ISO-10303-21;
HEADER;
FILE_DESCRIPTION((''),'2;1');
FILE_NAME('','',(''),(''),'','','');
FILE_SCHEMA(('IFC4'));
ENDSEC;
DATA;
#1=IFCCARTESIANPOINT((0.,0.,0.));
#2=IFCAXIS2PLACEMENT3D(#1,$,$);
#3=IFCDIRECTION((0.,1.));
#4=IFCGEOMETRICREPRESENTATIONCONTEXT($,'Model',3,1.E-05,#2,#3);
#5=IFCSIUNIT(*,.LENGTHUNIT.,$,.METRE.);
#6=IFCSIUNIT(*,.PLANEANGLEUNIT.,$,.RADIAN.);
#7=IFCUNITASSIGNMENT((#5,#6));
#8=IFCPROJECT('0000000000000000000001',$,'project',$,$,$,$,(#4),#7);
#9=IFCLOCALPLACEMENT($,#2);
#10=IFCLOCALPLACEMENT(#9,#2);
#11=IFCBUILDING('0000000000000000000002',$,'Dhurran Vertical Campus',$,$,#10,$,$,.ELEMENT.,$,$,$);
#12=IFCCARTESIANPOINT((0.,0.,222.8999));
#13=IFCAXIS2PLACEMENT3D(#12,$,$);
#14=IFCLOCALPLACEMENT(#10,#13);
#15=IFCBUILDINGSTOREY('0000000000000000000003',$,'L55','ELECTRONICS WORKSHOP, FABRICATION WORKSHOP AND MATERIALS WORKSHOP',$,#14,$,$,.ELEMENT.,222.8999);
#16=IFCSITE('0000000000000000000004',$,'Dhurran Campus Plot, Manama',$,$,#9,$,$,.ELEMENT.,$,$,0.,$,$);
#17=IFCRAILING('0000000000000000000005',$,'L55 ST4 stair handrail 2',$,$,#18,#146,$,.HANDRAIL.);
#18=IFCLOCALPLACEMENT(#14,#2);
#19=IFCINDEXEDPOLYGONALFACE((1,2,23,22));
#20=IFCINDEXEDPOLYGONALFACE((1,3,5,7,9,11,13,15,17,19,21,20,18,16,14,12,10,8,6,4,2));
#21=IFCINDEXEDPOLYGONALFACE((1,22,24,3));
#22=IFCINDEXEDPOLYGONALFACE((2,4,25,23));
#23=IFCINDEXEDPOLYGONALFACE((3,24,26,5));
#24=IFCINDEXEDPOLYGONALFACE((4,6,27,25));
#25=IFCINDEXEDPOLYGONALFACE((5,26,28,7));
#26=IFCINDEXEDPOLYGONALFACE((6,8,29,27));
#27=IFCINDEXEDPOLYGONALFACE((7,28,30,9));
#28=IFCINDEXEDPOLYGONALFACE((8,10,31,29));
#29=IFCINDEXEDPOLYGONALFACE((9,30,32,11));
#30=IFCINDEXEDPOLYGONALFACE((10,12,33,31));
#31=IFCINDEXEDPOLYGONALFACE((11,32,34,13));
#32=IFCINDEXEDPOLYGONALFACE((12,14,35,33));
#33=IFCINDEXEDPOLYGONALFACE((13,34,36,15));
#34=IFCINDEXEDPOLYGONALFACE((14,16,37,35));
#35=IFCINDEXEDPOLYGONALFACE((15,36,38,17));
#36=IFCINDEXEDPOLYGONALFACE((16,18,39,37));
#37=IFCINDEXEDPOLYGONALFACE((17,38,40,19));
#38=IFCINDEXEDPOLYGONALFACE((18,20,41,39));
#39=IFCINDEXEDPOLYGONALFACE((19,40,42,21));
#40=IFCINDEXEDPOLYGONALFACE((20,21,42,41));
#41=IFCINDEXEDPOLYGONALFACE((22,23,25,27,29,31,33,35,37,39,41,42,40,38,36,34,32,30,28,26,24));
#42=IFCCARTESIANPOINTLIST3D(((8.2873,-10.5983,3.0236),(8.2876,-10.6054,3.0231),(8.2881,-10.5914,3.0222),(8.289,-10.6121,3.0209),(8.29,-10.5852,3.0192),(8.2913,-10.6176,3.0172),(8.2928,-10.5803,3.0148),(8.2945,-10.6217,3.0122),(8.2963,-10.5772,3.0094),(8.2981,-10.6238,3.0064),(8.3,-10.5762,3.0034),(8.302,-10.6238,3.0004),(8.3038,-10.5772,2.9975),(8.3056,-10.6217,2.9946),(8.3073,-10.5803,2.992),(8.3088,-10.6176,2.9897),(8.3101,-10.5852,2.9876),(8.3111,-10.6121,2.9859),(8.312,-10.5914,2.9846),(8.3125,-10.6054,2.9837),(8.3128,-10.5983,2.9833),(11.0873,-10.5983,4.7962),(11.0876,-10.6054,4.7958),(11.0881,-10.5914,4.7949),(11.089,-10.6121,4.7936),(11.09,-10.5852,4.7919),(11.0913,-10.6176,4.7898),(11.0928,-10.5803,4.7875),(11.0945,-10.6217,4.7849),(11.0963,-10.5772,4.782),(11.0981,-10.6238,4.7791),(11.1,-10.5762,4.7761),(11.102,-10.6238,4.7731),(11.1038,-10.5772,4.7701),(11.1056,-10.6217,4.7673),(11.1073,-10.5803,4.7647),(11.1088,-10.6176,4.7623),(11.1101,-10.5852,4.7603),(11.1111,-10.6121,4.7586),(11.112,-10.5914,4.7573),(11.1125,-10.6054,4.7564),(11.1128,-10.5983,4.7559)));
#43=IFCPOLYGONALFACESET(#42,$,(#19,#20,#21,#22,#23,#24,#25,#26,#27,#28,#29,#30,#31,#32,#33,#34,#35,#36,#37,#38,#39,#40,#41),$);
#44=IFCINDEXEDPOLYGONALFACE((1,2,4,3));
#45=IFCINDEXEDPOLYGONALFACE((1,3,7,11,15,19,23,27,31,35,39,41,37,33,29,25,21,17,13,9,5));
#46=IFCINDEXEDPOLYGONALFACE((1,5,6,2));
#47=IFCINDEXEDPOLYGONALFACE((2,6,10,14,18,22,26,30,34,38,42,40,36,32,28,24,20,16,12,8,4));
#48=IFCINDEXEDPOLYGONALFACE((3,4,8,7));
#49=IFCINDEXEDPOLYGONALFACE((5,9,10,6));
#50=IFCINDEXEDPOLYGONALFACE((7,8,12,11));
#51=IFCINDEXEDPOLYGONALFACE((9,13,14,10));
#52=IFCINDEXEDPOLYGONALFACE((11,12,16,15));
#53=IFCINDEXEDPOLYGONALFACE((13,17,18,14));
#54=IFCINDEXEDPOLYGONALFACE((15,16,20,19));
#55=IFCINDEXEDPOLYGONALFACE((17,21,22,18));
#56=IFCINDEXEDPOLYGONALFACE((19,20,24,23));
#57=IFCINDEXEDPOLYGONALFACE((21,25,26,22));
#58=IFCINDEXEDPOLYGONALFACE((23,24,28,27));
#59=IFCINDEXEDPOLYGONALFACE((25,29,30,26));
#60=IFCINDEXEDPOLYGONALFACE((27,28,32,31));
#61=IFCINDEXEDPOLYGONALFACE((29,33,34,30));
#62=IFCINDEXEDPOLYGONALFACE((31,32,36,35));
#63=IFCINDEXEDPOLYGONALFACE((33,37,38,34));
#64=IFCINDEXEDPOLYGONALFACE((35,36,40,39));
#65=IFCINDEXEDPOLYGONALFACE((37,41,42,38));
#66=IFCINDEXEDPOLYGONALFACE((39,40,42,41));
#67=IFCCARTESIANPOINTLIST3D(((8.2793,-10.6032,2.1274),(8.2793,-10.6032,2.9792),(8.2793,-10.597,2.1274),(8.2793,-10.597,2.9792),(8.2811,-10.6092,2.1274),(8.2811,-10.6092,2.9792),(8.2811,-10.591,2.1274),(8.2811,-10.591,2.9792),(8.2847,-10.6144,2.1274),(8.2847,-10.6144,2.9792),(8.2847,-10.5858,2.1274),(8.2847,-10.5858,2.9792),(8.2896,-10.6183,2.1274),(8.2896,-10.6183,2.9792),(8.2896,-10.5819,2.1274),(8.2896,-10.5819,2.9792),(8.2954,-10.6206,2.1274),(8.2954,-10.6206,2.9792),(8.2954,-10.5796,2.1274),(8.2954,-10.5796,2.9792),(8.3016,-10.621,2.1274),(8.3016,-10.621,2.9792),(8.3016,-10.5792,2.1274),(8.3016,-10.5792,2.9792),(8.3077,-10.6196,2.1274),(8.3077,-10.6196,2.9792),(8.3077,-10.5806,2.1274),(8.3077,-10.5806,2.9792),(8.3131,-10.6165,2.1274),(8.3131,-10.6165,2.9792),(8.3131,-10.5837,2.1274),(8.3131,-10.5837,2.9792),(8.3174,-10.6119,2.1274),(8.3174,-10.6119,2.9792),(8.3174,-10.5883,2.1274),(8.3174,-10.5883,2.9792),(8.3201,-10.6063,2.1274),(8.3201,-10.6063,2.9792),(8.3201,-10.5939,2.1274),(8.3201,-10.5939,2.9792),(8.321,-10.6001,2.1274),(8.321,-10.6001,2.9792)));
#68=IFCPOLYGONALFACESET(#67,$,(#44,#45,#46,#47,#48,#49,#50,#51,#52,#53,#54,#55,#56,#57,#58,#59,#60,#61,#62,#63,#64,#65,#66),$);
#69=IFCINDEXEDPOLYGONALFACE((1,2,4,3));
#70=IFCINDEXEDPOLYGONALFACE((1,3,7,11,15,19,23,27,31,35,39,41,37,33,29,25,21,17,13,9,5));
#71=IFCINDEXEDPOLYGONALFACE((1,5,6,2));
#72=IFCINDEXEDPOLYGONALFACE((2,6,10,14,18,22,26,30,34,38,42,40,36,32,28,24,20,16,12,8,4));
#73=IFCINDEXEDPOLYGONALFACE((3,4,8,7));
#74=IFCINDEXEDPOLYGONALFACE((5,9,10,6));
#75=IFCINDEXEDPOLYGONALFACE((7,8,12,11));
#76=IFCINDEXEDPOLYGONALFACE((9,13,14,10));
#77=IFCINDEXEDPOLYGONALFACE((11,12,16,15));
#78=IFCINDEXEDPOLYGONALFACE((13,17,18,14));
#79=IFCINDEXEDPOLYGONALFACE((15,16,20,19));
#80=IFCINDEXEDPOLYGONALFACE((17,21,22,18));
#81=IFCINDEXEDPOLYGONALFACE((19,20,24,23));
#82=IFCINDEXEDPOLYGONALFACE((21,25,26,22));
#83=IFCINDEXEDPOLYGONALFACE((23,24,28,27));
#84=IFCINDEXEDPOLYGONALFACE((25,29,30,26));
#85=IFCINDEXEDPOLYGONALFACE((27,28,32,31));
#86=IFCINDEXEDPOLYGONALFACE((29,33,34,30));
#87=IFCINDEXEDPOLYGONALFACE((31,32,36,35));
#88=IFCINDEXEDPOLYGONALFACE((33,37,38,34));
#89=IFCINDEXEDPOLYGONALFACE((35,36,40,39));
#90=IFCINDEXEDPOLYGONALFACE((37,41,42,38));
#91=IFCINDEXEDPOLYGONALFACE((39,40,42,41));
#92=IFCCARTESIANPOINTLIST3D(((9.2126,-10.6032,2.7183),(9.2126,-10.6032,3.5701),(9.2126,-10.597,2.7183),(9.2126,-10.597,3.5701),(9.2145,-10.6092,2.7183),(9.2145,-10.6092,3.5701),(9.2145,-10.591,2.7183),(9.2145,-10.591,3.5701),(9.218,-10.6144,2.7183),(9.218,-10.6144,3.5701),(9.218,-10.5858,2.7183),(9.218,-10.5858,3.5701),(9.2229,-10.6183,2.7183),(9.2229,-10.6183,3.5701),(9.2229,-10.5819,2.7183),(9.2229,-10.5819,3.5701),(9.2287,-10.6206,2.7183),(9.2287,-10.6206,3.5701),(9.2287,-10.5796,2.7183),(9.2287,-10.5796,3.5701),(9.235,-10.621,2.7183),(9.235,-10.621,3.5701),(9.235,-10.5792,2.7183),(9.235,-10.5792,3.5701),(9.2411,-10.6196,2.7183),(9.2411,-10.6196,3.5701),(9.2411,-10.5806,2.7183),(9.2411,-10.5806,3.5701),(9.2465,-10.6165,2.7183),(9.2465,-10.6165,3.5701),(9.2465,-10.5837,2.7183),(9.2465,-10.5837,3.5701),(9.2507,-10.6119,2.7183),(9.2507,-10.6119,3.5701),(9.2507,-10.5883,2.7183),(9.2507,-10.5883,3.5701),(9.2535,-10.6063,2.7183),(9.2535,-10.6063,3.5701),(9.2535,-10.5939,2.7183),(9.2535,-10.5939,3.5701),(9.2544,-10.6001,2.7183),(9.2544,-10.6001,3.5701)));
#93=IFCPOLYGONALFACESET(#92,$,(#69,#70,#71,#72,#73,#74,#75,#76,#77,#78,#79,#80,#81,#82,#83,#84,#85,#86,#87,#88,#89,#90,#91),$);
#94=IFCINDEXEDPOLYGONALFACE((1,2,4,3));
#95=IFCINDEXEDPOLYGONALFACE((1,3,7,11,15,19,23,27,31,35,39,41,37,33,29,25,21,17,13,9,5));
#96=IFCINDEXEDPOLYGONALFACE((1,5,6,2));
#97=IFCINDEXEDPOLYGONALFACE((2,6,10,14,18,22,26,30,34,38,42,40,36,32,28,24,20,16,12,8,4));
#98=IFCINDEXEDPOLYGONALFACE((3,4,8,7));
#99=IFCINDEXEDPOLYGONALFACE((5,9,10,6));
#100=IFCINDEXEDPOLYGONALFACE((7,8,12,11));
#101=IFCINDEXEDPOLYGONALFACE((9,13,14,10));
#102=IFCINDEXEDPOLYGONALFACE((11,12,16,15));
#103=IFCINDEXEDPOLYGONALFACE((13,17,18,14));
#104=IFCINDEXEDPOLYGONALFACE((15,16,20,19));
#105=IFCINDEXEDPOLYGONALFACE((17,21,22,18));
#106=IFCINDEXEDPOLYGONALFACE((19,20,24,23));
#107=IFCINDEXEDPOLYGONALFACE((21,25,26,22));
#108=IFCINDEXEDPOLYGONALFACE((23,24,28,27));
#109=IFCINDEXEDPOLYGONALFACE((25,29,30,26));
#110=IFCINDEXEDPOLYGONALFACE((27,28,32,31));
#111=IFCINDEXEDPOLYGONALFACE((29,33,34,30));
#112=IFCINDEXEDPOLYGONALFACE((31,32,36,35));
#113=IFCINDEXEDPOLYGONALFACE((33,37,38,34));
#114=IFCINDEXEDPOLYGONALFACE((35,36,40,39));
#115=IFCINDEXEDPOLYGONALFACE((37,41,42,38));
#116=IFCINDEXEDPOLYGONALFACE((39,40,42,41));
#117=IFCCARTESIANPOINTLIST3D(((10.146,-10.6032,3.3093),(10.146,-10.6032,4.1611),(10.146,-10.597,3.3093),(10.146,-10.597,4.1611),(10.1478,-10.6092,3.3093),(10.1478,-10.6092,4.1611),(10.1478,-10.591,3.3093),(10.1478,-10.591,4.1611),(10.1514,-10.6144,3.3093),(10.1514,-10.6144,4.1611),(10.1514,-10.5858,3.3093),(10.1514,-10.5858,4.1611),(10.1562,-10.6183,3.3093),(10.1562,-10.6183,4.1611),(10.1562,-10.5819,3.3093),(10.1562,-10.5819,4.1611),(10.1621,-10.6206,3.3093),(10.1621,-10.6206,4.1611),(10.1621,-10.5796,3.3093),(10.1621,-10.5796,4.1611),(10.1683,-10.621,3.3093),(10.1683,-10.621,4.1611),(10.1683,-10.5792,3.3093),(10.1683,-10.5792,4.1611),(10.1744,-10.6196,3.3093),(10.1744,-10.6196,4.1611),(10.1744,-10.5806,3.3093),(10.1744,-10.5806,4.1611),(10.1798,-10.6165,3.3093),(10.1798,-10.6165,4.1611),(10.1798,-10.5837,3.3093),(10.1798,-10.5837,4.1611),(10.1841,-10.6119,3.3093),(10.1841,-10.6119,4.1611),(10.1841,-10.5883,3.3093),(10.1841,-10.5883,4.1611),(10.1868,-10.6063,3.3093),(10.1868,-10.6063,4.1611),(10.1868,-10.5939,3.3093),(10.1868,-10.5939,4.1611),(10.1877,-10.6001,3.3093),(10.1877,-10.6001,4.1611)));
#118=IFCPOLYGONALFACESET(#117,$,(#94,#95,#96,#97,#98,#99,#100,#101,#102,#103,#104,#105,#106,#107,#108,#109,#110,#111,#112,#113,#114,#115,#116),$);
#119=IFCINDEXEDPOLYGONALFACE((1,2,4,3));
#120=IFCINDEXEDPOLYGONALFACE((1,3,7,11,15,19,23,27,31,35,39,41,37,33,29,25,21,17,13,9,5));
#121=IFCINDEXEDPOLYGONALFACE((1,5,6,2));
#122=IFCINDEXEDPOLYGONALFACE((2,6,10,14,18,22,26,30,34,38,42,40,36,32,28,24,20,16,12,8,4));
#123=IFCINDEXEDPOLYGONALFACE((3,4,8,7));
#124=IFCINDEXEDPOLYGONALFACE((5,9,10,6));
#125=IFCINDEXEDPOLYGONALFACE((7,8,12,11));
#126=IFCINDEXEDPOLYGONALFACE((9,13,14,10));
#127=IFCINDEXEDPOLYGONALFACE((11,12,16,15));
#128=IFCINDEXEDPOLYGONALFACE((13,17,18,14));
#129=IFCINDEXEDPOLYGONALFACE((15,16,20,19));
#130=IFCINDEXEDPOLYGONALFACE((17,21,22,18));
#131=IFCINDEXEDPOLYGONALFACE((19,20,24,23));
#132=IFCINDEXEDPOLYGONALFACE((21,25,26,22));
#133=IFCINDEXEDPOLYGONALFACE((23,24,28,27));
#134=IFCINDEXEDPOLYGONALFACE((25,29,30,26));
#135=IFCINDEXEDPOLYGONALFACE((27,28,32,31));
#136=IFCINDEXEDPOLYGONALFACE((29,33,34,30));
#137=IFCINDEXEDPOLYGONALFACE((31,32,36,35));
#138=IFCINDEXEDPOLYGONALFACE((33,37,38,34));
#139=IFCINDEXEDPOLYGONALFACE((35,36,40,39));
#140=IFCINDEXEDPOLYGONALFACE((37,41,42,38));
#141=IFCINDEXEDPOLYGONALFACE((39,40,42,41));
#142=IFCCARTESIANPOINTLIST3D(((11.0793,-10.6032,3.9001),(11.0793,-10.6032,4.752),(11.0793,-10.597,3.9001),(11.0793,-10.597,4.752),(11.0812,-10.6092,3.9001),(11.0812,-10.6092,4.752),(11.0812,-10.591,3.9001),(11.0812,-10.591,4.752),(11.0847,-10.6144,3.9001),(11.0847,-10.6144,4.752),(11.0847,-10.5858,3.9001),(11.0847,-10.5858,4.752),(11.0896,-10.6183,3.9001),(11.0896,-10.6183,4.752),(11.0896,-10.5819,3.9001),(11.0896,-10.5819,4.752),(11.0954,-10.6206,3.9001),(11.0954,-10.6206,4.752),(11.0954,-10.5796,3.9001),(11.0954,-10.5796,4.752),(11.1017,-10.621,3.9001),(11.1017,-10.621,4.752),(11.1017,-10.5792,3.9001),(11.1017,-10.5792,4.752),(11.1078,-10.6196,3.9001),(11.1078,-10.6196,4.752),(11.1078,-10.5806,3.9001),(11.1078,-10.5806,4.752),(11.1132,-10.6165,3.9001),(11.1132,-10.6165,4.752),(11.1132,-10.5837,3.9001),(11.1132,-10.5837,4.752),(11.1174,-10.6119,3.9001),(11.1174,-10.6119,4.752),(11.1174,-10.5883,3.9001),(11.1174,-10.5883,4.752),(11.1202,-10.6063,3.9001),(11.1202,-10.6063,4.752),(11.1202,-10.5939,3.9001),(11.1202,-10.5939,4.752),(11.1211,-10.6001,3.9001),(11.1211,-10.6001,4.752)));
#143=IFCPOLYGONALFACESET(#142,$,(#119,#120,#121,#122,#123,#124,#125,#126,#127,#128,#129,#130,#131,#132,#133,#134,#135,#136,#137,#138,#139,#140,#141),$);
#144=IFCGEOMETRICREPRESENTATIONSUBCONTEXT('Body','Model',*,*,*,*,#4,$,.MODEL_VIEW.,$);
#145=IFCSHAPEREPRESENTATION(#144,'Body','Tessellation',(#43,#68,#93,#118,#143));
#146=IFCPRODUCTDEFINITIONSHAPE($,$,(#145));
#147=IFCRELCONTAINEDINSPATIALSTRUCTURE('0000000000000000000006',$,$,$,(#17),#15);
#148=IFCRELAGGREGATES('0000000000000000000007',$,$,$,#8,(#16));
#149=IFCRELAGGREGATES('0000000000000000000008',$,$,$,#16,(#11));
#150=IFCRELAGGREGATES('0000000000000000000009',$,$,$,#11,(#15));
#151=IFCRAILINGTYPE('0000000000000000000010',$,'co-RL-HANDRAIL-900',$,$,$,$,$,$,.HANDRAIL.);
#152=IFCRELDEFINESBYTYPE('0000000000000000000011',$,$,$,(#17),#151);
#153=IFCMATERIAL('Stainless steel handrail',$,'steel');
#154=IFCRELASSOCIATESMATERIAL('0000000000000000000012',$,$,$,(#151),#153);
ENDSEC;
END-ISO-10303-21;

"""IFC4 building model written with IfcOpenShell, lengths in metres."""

from ifc_helpers import new_model, si_unit, direction, frame, origin, origin_2d, place, context, subcontext, project, spatial, circle, extrude, material, type_object, element, save


model = new_model("IFC4")

# Units and contexts
model_context = context("Model", 3, precision=1e-05, world=origin(), true_north=direction((0.0, 1.0)))
body_context = subcontext(model_context, "Body", "Model", "MODEL_VIEW")
ifc_project = project(units=[si_unit("LENGTHUNIT", "METRE"), si_unit("PLANEANGLEUNIT", "RADIAN")], contexts=[model_context])

# Site, building, storey
site_placement = place(None, origin())
site = spatial("IfcSite", under=ifc_project, at=site_placement, Name="Dhurran Campus Plot, Manama", CompositionType="ELEMENT", RefElevation=0.0)
building_placement = place(site_placement, origin())
building = spatial("IfcBuilding", under=site, at=building_placement, Name="Dhurran Vertical Campus", CompositionType="ELEMENT")
storey_placement = place(building_placement, frame((0.0, 0.0, 222.8999)))
storey = spatial("IfcBuildingStorey", under=building, at=storey_placement, Name="L55", Description="ELECTRONICS WORKSHOP, FABRICATION WORKSHOP AND MATERIALS WORKSHOP", CompositionType="ELEMENT", Elevation=222.8999)

# Railing
ifc_material_1 = material(Name="Stainless steel handrail", Category="steel")
railing_type_1 = type_object("IfcRailingType", Name="co-RL-HANDRAIL-900", PredefinedType="HANDRAIL", material=ifc_material_1)
railing_1_placement = place(storey_placement, frame((8.3, -10.6001, 2.1274)))
element("IfcRailing", 1, at=railing_1_placement, inside=storey, type_object=railing_type_1, Name="L55 ST4 stair handrail 2", PredefinedType="HANDRAIL", context=body_context, shape_type="SweptSolid", body=[
    extrude(circle(Radius=0.0239, at=origin_2d()), frame((0.0, 0.0, 0.876), z_axis=(0.844909, 0.0, 0.53491), x_axis=(0.0, 1.0, 0.0)), (0.0, 0.0, 1.0), 3.314),
    extrude(circle(Radius=0.021, at=origin_2d()), origin(), (0.0, 0.0, 1.0), 0.8518),
    extrude(circle(Radius=0.021, at=origin_2d()), frame((0.9333, 0.0, 0.5908)), (0.0, 0.0, 1.0), 0.8518),
    extrude(circle(Radius=0.021, at=origin_2d()), frame((1.8667, 0.0, 1.1819)), (0.0, 0.0, 1.0), 0.8518),
    extrude(circle(Radius=0.021, at=origin_2d()), frame((2.8, 0.0, 1.7727)), (0.0, 0.0, 1.0), 0.8518),
])

save(model, "model.ifc")
